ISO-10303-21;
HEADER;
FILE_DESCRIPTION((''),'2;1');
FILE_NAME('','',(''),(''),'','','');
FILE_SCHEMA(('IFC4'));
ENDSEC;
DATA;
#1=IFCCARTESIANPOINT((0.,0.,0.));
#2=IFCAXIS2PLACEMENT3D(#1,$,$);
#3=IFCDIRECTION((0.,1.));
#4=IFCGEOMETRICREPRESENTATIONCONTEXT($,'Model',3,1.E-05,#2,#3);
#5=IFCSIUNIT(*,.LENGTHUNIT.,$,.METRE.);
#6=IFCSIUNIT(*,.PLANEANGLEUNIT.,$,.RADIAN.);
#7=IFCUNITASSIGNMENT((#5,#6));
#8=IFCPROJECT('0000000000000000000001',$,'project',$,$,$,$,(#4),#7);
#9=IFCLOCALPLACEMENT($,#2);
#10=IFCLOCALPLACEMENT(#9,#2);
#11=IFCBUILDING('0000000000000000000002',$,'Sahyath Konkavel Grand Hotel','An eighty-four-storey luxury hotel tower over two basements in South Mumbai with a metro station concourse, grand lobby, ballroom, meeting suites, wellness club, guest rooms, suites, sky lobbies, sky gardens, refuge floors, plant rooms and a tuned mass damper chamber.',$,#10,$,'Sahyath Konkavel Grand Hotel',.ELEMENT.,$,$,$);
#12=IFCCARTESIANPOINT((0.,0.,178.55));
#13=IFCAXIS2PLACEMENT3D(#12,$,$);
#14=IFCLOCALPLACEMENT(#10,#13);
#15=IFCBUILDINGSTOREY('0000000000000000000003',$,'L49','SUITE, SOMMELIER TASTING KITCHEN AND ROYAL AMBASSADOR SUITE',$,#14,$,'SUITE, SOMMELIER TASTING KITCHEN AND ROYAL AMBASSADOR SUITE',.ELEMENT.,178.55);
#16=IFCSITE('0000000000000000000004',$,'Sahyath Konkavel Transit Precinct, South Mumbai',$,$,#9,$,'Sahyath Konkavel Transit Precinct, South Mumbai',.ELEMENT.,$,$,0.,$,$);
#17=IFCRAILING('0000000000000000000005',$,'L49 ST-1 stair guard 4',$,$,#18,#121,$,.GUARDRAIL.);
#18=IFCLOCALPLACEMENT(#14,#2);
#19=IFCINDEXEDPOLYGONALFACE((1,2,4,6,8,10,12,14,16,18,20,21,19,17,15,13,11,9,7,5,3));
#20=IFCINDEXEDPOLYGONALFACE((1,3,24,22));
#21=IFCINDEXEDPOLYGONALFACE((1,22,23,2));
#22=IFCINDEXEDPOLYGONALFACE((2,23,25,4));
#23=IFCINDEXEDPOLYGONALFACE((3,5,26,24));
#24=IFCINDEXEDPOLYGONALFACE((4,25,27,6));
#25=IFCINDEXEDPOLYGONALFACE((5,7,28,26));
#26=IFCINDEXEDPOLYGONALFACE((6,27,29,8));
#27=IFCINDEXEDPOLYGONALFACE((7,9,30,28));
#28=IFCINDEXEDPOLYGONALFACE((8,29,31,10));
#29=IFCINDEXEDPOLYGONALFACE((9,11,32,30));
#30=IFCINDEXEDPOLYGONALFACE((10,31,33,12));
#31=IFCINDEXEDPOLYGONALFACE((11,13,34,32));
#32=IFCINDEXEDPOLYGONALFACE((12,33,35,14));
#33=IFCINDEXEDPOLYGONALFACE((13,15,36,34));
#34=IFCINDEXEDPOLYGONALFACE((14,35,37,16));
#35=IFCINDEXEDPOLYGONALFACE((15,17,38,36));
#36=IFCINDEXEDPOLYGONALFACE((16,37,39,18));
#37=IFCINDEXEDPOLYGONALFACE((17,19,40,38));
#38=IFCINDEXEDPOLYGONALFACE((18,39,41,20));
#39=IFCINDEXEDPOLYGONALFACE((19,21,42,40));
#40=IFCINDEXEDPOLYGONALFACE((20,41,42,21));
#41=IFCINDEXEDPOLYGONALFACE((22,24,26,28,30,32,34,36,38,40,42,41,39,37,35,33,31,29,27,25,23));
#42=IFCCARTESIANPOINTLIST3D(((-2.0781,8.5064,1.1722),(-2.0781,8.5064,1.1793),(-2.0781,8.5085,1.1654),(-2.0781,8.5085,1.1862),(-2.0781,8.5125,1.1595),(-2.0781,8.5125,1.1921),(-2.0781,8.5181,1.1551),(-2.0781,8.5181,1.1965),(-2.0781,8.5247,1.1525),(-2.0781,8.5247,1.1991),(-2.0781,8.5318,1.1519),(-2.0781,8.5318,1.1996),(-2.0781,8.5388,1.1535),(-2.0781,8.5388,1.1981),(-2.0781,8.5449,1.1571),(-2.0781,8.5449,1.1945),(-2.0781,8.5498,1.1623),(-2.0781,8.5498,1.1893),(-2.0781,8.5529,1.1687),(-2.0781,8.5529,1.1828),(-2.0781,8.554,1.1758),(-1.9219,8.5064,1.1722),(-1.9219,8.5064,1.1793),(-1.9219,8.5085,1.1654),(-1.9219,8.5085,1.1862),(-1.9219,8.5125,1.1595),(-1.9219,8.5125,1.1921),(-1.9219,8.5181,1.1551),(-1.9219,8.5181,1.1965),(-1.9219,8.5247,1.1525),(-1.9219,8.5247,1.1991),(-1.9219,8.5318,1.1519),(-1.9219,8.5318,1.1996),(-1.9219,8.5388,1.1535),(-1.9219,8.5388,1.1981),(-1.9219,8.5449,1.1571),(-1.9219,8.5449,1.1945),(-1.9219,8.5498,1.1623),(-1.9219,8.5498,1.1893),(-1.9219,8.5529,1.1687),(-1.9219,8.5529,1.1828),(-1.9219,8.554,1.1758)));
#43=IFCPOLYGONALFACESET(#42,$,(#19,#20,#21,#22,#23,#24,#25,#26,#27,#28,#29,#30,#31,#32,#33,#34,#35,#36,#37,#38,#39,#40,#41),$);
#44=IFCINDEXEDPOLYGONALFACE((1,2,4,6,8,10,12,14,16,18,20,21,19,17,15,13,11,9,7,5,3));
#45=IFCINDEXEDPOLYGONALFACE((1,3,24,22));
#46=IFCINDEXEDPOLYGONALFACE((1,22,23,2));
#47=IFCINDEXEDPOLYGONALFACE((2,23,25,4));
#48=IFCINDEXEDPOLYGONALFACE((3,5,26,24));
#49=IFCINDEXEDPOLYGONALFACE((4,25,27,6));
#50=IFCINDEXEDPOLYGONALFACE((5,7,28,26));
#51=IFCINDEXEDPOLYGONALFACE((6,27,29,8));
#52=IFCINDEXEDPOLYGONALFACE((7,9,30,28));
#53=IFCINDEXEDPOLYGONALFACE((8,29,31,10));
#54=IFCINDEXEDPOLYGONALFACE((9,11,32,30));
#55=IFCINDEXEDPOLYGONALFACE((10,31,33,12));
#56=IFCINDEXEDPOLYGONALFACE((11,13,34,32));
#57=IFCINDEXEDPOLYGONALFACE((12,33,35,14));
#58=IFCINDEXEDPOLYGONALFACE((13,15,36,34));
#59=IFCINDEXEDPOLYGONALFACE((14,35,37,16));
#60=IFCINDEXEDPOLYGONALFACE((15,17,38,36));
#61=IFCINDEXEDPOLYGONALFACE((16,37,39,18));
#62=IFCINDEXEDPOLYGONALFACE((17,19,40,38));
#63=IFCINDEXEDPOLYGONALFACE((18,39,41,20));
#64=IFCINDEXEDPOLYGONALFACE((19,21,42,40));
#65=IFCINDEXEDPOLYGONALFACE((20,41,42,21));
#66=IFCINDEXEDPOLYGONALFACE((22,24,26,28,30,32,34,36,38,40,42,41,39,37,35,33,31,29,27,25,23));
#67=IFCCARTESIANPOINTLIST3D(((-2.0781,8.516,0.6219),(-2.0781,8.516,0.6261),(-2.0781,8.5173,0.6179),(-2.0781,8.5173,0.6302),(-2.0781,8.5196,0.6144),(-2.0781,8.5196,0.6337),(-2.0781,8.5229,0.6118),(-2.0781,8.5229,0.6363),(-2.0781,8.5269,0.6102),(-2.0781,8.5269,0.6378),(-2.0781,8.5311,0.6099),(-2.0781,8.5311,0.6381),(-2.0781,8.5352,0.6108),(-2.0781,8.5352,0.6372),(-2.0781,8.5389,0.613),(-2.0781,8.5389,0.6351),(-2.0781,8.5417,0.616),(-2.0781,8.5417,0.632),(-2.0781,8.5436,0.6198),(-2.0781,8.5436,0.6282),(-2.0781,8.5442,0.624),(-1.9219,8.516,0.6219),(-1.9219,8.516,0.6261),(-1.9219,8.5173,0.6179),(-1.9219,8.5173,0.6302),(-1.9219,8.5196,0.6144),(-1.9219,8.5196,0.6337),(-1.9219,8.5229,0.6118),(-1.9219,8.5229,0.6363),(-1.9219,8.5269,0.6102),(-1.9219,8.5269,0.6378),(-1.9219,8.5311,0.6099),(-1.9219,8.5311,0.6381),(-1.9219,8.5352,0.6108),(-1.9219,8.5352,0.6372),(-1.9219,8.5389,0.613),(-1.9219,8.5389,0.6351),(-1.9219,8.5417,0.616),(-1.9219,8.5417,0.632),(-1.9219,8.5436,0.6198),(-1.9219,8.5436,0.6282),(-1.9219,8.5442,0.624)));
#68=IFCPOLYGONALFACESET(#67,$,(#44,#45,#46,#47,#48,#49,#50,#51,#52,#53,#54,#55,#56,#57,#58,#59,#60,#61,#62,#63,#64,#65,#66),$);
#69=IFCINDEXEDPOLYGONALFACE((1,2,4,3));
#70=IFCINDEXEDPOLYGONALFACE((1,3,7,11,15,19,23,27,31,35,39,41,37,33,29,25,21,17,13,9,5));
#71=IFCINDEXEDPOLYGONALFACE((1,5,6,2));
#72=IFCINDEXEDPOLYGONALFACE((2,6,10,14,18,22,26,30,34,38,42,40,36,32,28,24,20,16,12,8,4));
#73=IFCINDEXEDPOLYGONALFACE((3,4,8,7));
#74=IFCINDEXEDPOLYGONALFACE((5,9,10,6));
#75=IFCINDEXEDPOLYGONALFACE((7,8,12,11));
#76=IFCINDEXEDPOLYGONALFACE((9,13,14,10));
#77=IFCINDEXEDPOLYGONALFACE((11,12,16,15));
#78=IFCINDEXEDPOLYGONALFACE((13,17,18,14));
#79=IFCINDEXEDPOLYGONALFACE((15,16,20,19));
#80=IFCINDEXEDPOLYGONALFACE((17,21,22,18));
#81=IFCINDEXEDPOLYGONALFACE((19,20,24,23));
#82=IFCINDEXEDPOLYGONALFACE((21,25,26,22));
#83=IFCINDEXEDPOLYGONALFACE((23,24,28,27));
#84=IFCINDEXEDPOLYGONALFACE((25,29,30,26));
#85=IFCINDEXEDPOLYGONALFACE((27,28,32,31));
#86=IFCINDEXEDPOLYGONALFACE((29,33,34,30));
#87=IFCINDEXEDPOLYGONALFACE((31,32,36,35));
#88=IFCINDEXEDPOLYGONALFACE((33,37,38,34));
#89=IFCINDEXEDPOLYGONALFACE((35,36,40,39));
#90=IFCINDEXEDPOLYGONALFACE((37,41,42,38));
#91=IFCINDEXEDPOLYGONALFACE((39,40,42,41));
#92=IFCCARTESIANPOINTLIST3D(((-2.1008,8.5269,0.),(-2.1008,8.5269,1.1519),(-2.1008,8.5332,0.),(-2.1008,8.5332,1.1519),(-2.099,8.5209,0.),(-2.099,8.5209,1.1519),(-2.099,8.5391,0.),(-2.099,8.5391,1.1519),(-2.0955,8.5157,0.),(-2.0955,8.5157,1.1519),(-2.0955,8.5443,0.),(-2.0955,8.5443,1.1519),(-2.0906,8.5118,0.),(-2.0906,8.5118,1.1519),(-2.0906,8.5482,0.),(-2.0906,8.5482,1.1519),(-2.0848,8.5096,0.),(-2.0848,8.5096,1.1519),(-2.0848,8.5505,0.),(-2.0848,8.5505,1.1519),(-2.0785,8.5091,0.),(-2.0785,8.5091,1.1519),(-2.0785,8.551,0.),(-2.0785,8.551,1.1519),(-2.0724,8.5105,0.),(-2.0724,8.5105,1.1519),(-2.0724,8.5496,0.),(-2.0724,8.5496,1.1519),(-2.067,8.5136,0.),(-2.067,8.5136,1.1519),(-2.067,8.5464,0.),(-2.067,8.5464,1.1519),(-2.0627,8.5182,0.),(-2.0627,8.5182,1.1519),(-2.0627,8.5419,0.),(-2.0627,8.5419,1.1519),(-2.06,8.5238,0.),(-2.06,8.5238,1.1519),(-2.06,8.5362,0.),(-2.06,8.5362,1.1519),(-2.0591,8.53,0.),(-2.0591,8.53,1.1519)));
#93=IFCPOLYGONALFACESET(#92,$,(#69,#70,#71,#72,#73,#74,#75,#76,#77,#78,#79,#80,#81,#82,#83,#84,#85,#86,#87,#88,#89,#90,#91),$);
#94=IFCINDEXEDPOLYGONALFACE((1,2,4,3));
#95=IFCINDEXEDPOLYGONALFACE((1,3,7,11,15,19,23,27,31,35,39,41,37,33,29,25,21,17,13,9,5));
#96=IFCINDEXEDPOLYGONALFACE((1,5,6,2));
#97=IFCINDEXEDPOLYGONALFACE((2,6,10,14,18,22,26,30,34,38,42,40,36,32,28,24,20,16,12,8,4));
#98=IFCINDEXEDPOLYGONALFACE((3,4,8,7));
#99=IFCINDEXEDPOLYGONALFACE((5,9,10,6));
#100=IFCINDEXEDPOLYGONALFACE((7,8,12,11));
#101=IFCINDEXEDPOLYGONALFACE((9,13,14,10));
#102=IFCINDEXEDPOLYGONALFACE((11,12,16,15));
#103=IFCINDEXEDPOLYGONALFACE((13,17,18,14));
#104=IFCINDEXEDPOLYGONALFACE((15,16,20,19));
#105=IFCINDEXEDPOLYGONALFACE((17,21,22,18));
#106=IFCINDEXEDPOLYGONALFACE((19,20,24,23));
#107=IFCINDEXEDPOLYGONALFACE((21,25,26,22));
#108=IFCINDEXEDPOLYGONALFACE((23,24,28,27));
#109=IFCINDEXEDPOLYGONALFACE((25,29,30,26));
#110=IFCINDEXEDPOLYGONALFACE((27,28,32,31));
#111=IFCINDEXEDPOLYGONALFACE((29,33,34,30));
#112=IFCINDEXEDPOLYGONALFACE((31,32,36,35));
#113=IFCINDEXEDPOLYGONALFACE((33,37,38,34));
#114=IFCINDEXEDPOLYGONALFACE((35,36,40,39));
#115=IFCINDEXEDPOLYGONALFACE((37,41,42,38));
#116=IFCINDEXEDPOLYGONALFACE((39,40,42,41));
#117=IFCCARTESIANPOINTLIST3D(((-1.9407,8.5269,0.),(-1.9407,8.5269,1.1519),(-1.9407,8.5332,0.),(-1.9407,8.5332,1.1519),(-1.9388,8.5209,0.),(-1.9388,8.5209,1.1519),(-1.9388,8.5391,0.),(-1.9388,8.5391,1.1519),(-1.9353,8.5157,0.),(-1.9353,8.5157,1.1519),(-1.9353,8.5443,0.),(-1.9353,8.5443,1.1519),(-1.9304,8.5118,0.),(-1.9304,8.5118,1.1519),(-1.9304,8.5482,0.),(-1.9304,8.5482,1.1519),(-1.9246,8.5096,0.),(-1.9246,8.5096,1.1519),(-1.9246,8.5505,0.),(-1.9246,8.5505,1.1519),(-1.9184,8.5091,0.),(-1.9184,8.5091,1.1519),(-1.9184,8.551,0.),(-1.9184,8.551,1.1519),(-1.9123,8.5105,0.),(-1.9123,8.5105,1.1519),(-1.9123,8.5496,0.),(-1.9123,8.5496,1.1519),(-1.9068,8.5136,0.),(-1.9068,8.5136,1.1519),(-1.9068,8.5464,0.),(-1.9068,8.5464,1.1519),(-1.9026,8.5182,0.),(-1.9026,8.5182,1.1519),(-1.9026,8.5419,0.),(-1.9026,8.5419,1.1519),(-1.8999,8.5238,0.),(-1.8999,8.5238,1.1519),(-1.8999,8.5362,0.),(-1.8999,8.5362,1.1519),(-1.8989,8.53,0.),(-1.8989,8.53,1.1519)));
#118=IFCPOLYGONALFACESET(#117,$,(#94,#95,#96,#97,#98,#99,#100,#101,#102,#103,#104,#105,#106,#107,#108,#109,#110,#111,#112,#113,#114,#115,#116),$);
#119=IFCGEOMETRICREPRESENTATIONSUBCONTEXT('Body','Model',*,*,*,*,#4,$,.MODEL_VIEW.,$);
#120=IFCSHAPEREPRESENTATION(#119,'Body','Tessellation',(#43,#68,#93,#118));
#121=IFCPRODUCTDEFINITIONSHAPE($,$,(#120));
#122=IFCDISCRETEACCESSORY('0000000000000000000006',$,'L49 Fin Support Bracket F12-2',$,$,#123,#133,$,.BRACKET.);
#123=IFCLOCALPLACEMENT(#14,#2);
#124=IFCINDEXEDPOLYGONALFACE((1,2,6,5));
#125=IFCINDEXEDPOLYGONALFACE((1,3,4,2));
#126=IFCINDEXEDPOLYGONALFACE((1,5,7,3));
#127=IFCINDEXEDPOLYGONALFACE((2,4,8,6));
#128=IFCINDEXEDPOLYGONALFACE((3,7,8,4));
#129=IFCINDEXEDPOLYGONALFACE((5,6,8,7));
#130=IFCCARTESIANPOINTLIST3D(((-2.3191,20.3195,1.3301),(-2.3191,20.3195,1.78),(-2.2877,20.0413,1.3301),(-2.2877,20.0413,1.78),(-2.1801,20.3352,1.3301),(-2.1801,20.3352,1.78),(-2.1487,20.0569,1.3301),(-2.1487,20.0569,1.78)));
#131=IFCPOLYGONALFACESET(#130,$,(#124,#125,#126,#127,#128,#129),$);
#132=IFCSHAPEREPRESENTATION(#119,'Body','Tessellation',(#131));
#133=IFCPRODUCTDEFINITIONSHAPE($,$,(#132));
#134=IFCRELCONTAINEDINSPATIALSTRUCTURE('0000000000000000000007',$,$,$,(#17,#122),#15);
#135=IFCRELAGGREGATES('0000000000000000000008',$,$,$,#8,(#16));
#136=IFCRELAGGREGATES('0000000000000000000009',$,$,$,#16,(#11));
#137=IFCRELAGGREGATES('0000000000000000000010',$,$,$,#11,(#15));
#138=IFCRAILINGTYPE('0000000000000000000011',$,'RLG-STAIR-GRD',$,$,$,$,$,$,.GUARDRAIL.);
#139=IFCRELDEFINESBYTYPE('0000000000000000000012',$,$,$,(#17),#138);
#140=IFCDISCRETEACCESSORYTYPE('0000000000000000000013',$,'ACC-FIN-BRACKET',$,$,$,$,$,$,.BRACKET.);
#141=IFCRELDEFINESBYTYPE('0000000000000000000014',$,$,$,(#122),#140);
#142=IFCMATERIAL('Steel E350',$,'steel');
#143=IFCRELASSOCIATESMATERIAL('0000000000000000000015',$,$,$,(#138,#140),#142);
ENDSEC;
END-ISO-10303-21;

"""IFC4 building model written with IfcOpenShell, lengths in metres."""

from ifc_helpers import new_model, si_unit, direction, frame, origin, origin_2d, place, context, subcontext, project, spatial, rectangle, circle, extrude, source, transform, mapped, material, type_object, element, save


model = new_model("IFC4")

# Units and contexts
model_context = context("Model", 3, precision=1e-05, world=origin(), true_north=direction((0.0, 1.0)))
body_context = subcontext(model_context, "Body", "Model", "MODEL_VIEW")
ifc_project = project(units=[si_unit("LENGTHUNIT", "METRE"), si_unit("PLANEANGLEUNIT", "RADIAN")], contexts=[model_context])

# Site, building, storey
site_placement = place(None, origin())
site = spatial("IfcSite", under=ifc_project, at=site_placement, Name="Sahyath Konkavel Transit Precinct, South Mumbai", LongName="Sahyath Konkavel Transit Precinct, South Mumbai", CompositionType="ELEMENT", RefElevation=0.0)
building_placement = place(site_placement, origin())
building = spatial("IfcBuilding", under=site, at=building_placement, Name="Sahyath Konkavel Grand Hotel", Description="An eighty-four-storey luxury hotel tower over two basements in South Mumbai with a metro station concourse, grand lobby, ballroom, meeting suites, wellness club, guest rooms, suites, sky lobbies, sky gardens, refuge floors, plant rooms and a tuned mass damper chamber.", LongName="Sahyath Konkavel Grand Hotel", CompositionType="ELEMENT")
storey_placement = place(building_placement, frame((0.0, 0.0, 178.55)))
storey = spatial("IfcBuildingStorey", under=building, at=storey_placement, Name="L49", Description="SUITE, SOMMELIER TASTING KITCHEN AND ROYAL AMBASSADOR SUITE", LongName="SUITE, SOMMELIER TASTING KITCHEN AND ROYAL AMBASSADOR SUITE", CompositionType="ELEMENT", Elevation=178.55)

# Shared definitions
ifc_material_1 = material(Name="Steel E350", Category="steel")

# Railing
railing_type = type_object("IfcRailingType", Name="RLG-STAIR-GRD", PredefinedType="GUARDRAIL", material=ifc_material_1)
railing_1_placement = place(storey_placement, frame((-2.0801, 8.53, 0.0)))
element("IfcRailing", 1, at=railing_1_placement, inside=storey, type_object=railing_type, Name="L49 ST-1 stair guard 4", PredefinedType="GUARDRAIL", context=body_context, shape_type="SweptSolid", body=[
    extrude(circle(Radius=0.0239, at=origin_2d()), frame((0.002, 0.0, 1.1758), z_axis=(1.0, 0.0, 0.0), x_axis=(0.0, 1.0, 0.0)), (0.0, 0.0, 1.0), 0.1562),
    extrude(circle(Radius=0.0142, at=origin_2d()), frame((0.002, 0.0, 0.624), z_axis=(1.0, 0.0, 0.0), x_axis=(0.0, 1.0, 0.0)), (0.0, 0.0, 1.0), 0.1562),
    extrude(circle(Radius=0.021, at=origin_2d()), origin(), (0.0, 0.0, 1.0), 1.1519),
    extrude(circle(Radius=0.021, at=origin_2d()), frame((0.1602, 0.0, 0.0)), (0.0, 0.0, 1.0), 1.1519),
])

# Discrete accessory
discrete_accessory_type = type_object("IfcDiscreteAccessoryType", Name="ACC-FIN-BRACKET", PredefinedType="BRACKET", material=ifc_material_1)
shared_shape_1 = source(origin(), body_context, "Body", "SweptSolid", [
    extrude(rectangle(XDim=0.28, YDim=0.1399, at=origin_2d()), origin(), (0.0, 0.0, 1.0), 0.45),
])
discrete_accessory_placement = place(storey_placement, frame((-2.2339, 20.1882, 1.3301), z_axis=(0.0, 0.0, 1.0), x_axis=(-0.112007, 0.993707, 0.0)))
element("IfcDiscreteAccessory", 2, at=discrete_accessory_placement, inside=storey, type_object=discrete_accessory_type, Name="L49 Fin Support Bracket F12-2", PredefinedType="BRACKET", context=body_context, shape_type="MappedRepresentation", body=[
    mapped(shared_shape_1, transform((0.0, 0.0, 0.0), scale=1.0)),
])

save(model, "model.ifc")
